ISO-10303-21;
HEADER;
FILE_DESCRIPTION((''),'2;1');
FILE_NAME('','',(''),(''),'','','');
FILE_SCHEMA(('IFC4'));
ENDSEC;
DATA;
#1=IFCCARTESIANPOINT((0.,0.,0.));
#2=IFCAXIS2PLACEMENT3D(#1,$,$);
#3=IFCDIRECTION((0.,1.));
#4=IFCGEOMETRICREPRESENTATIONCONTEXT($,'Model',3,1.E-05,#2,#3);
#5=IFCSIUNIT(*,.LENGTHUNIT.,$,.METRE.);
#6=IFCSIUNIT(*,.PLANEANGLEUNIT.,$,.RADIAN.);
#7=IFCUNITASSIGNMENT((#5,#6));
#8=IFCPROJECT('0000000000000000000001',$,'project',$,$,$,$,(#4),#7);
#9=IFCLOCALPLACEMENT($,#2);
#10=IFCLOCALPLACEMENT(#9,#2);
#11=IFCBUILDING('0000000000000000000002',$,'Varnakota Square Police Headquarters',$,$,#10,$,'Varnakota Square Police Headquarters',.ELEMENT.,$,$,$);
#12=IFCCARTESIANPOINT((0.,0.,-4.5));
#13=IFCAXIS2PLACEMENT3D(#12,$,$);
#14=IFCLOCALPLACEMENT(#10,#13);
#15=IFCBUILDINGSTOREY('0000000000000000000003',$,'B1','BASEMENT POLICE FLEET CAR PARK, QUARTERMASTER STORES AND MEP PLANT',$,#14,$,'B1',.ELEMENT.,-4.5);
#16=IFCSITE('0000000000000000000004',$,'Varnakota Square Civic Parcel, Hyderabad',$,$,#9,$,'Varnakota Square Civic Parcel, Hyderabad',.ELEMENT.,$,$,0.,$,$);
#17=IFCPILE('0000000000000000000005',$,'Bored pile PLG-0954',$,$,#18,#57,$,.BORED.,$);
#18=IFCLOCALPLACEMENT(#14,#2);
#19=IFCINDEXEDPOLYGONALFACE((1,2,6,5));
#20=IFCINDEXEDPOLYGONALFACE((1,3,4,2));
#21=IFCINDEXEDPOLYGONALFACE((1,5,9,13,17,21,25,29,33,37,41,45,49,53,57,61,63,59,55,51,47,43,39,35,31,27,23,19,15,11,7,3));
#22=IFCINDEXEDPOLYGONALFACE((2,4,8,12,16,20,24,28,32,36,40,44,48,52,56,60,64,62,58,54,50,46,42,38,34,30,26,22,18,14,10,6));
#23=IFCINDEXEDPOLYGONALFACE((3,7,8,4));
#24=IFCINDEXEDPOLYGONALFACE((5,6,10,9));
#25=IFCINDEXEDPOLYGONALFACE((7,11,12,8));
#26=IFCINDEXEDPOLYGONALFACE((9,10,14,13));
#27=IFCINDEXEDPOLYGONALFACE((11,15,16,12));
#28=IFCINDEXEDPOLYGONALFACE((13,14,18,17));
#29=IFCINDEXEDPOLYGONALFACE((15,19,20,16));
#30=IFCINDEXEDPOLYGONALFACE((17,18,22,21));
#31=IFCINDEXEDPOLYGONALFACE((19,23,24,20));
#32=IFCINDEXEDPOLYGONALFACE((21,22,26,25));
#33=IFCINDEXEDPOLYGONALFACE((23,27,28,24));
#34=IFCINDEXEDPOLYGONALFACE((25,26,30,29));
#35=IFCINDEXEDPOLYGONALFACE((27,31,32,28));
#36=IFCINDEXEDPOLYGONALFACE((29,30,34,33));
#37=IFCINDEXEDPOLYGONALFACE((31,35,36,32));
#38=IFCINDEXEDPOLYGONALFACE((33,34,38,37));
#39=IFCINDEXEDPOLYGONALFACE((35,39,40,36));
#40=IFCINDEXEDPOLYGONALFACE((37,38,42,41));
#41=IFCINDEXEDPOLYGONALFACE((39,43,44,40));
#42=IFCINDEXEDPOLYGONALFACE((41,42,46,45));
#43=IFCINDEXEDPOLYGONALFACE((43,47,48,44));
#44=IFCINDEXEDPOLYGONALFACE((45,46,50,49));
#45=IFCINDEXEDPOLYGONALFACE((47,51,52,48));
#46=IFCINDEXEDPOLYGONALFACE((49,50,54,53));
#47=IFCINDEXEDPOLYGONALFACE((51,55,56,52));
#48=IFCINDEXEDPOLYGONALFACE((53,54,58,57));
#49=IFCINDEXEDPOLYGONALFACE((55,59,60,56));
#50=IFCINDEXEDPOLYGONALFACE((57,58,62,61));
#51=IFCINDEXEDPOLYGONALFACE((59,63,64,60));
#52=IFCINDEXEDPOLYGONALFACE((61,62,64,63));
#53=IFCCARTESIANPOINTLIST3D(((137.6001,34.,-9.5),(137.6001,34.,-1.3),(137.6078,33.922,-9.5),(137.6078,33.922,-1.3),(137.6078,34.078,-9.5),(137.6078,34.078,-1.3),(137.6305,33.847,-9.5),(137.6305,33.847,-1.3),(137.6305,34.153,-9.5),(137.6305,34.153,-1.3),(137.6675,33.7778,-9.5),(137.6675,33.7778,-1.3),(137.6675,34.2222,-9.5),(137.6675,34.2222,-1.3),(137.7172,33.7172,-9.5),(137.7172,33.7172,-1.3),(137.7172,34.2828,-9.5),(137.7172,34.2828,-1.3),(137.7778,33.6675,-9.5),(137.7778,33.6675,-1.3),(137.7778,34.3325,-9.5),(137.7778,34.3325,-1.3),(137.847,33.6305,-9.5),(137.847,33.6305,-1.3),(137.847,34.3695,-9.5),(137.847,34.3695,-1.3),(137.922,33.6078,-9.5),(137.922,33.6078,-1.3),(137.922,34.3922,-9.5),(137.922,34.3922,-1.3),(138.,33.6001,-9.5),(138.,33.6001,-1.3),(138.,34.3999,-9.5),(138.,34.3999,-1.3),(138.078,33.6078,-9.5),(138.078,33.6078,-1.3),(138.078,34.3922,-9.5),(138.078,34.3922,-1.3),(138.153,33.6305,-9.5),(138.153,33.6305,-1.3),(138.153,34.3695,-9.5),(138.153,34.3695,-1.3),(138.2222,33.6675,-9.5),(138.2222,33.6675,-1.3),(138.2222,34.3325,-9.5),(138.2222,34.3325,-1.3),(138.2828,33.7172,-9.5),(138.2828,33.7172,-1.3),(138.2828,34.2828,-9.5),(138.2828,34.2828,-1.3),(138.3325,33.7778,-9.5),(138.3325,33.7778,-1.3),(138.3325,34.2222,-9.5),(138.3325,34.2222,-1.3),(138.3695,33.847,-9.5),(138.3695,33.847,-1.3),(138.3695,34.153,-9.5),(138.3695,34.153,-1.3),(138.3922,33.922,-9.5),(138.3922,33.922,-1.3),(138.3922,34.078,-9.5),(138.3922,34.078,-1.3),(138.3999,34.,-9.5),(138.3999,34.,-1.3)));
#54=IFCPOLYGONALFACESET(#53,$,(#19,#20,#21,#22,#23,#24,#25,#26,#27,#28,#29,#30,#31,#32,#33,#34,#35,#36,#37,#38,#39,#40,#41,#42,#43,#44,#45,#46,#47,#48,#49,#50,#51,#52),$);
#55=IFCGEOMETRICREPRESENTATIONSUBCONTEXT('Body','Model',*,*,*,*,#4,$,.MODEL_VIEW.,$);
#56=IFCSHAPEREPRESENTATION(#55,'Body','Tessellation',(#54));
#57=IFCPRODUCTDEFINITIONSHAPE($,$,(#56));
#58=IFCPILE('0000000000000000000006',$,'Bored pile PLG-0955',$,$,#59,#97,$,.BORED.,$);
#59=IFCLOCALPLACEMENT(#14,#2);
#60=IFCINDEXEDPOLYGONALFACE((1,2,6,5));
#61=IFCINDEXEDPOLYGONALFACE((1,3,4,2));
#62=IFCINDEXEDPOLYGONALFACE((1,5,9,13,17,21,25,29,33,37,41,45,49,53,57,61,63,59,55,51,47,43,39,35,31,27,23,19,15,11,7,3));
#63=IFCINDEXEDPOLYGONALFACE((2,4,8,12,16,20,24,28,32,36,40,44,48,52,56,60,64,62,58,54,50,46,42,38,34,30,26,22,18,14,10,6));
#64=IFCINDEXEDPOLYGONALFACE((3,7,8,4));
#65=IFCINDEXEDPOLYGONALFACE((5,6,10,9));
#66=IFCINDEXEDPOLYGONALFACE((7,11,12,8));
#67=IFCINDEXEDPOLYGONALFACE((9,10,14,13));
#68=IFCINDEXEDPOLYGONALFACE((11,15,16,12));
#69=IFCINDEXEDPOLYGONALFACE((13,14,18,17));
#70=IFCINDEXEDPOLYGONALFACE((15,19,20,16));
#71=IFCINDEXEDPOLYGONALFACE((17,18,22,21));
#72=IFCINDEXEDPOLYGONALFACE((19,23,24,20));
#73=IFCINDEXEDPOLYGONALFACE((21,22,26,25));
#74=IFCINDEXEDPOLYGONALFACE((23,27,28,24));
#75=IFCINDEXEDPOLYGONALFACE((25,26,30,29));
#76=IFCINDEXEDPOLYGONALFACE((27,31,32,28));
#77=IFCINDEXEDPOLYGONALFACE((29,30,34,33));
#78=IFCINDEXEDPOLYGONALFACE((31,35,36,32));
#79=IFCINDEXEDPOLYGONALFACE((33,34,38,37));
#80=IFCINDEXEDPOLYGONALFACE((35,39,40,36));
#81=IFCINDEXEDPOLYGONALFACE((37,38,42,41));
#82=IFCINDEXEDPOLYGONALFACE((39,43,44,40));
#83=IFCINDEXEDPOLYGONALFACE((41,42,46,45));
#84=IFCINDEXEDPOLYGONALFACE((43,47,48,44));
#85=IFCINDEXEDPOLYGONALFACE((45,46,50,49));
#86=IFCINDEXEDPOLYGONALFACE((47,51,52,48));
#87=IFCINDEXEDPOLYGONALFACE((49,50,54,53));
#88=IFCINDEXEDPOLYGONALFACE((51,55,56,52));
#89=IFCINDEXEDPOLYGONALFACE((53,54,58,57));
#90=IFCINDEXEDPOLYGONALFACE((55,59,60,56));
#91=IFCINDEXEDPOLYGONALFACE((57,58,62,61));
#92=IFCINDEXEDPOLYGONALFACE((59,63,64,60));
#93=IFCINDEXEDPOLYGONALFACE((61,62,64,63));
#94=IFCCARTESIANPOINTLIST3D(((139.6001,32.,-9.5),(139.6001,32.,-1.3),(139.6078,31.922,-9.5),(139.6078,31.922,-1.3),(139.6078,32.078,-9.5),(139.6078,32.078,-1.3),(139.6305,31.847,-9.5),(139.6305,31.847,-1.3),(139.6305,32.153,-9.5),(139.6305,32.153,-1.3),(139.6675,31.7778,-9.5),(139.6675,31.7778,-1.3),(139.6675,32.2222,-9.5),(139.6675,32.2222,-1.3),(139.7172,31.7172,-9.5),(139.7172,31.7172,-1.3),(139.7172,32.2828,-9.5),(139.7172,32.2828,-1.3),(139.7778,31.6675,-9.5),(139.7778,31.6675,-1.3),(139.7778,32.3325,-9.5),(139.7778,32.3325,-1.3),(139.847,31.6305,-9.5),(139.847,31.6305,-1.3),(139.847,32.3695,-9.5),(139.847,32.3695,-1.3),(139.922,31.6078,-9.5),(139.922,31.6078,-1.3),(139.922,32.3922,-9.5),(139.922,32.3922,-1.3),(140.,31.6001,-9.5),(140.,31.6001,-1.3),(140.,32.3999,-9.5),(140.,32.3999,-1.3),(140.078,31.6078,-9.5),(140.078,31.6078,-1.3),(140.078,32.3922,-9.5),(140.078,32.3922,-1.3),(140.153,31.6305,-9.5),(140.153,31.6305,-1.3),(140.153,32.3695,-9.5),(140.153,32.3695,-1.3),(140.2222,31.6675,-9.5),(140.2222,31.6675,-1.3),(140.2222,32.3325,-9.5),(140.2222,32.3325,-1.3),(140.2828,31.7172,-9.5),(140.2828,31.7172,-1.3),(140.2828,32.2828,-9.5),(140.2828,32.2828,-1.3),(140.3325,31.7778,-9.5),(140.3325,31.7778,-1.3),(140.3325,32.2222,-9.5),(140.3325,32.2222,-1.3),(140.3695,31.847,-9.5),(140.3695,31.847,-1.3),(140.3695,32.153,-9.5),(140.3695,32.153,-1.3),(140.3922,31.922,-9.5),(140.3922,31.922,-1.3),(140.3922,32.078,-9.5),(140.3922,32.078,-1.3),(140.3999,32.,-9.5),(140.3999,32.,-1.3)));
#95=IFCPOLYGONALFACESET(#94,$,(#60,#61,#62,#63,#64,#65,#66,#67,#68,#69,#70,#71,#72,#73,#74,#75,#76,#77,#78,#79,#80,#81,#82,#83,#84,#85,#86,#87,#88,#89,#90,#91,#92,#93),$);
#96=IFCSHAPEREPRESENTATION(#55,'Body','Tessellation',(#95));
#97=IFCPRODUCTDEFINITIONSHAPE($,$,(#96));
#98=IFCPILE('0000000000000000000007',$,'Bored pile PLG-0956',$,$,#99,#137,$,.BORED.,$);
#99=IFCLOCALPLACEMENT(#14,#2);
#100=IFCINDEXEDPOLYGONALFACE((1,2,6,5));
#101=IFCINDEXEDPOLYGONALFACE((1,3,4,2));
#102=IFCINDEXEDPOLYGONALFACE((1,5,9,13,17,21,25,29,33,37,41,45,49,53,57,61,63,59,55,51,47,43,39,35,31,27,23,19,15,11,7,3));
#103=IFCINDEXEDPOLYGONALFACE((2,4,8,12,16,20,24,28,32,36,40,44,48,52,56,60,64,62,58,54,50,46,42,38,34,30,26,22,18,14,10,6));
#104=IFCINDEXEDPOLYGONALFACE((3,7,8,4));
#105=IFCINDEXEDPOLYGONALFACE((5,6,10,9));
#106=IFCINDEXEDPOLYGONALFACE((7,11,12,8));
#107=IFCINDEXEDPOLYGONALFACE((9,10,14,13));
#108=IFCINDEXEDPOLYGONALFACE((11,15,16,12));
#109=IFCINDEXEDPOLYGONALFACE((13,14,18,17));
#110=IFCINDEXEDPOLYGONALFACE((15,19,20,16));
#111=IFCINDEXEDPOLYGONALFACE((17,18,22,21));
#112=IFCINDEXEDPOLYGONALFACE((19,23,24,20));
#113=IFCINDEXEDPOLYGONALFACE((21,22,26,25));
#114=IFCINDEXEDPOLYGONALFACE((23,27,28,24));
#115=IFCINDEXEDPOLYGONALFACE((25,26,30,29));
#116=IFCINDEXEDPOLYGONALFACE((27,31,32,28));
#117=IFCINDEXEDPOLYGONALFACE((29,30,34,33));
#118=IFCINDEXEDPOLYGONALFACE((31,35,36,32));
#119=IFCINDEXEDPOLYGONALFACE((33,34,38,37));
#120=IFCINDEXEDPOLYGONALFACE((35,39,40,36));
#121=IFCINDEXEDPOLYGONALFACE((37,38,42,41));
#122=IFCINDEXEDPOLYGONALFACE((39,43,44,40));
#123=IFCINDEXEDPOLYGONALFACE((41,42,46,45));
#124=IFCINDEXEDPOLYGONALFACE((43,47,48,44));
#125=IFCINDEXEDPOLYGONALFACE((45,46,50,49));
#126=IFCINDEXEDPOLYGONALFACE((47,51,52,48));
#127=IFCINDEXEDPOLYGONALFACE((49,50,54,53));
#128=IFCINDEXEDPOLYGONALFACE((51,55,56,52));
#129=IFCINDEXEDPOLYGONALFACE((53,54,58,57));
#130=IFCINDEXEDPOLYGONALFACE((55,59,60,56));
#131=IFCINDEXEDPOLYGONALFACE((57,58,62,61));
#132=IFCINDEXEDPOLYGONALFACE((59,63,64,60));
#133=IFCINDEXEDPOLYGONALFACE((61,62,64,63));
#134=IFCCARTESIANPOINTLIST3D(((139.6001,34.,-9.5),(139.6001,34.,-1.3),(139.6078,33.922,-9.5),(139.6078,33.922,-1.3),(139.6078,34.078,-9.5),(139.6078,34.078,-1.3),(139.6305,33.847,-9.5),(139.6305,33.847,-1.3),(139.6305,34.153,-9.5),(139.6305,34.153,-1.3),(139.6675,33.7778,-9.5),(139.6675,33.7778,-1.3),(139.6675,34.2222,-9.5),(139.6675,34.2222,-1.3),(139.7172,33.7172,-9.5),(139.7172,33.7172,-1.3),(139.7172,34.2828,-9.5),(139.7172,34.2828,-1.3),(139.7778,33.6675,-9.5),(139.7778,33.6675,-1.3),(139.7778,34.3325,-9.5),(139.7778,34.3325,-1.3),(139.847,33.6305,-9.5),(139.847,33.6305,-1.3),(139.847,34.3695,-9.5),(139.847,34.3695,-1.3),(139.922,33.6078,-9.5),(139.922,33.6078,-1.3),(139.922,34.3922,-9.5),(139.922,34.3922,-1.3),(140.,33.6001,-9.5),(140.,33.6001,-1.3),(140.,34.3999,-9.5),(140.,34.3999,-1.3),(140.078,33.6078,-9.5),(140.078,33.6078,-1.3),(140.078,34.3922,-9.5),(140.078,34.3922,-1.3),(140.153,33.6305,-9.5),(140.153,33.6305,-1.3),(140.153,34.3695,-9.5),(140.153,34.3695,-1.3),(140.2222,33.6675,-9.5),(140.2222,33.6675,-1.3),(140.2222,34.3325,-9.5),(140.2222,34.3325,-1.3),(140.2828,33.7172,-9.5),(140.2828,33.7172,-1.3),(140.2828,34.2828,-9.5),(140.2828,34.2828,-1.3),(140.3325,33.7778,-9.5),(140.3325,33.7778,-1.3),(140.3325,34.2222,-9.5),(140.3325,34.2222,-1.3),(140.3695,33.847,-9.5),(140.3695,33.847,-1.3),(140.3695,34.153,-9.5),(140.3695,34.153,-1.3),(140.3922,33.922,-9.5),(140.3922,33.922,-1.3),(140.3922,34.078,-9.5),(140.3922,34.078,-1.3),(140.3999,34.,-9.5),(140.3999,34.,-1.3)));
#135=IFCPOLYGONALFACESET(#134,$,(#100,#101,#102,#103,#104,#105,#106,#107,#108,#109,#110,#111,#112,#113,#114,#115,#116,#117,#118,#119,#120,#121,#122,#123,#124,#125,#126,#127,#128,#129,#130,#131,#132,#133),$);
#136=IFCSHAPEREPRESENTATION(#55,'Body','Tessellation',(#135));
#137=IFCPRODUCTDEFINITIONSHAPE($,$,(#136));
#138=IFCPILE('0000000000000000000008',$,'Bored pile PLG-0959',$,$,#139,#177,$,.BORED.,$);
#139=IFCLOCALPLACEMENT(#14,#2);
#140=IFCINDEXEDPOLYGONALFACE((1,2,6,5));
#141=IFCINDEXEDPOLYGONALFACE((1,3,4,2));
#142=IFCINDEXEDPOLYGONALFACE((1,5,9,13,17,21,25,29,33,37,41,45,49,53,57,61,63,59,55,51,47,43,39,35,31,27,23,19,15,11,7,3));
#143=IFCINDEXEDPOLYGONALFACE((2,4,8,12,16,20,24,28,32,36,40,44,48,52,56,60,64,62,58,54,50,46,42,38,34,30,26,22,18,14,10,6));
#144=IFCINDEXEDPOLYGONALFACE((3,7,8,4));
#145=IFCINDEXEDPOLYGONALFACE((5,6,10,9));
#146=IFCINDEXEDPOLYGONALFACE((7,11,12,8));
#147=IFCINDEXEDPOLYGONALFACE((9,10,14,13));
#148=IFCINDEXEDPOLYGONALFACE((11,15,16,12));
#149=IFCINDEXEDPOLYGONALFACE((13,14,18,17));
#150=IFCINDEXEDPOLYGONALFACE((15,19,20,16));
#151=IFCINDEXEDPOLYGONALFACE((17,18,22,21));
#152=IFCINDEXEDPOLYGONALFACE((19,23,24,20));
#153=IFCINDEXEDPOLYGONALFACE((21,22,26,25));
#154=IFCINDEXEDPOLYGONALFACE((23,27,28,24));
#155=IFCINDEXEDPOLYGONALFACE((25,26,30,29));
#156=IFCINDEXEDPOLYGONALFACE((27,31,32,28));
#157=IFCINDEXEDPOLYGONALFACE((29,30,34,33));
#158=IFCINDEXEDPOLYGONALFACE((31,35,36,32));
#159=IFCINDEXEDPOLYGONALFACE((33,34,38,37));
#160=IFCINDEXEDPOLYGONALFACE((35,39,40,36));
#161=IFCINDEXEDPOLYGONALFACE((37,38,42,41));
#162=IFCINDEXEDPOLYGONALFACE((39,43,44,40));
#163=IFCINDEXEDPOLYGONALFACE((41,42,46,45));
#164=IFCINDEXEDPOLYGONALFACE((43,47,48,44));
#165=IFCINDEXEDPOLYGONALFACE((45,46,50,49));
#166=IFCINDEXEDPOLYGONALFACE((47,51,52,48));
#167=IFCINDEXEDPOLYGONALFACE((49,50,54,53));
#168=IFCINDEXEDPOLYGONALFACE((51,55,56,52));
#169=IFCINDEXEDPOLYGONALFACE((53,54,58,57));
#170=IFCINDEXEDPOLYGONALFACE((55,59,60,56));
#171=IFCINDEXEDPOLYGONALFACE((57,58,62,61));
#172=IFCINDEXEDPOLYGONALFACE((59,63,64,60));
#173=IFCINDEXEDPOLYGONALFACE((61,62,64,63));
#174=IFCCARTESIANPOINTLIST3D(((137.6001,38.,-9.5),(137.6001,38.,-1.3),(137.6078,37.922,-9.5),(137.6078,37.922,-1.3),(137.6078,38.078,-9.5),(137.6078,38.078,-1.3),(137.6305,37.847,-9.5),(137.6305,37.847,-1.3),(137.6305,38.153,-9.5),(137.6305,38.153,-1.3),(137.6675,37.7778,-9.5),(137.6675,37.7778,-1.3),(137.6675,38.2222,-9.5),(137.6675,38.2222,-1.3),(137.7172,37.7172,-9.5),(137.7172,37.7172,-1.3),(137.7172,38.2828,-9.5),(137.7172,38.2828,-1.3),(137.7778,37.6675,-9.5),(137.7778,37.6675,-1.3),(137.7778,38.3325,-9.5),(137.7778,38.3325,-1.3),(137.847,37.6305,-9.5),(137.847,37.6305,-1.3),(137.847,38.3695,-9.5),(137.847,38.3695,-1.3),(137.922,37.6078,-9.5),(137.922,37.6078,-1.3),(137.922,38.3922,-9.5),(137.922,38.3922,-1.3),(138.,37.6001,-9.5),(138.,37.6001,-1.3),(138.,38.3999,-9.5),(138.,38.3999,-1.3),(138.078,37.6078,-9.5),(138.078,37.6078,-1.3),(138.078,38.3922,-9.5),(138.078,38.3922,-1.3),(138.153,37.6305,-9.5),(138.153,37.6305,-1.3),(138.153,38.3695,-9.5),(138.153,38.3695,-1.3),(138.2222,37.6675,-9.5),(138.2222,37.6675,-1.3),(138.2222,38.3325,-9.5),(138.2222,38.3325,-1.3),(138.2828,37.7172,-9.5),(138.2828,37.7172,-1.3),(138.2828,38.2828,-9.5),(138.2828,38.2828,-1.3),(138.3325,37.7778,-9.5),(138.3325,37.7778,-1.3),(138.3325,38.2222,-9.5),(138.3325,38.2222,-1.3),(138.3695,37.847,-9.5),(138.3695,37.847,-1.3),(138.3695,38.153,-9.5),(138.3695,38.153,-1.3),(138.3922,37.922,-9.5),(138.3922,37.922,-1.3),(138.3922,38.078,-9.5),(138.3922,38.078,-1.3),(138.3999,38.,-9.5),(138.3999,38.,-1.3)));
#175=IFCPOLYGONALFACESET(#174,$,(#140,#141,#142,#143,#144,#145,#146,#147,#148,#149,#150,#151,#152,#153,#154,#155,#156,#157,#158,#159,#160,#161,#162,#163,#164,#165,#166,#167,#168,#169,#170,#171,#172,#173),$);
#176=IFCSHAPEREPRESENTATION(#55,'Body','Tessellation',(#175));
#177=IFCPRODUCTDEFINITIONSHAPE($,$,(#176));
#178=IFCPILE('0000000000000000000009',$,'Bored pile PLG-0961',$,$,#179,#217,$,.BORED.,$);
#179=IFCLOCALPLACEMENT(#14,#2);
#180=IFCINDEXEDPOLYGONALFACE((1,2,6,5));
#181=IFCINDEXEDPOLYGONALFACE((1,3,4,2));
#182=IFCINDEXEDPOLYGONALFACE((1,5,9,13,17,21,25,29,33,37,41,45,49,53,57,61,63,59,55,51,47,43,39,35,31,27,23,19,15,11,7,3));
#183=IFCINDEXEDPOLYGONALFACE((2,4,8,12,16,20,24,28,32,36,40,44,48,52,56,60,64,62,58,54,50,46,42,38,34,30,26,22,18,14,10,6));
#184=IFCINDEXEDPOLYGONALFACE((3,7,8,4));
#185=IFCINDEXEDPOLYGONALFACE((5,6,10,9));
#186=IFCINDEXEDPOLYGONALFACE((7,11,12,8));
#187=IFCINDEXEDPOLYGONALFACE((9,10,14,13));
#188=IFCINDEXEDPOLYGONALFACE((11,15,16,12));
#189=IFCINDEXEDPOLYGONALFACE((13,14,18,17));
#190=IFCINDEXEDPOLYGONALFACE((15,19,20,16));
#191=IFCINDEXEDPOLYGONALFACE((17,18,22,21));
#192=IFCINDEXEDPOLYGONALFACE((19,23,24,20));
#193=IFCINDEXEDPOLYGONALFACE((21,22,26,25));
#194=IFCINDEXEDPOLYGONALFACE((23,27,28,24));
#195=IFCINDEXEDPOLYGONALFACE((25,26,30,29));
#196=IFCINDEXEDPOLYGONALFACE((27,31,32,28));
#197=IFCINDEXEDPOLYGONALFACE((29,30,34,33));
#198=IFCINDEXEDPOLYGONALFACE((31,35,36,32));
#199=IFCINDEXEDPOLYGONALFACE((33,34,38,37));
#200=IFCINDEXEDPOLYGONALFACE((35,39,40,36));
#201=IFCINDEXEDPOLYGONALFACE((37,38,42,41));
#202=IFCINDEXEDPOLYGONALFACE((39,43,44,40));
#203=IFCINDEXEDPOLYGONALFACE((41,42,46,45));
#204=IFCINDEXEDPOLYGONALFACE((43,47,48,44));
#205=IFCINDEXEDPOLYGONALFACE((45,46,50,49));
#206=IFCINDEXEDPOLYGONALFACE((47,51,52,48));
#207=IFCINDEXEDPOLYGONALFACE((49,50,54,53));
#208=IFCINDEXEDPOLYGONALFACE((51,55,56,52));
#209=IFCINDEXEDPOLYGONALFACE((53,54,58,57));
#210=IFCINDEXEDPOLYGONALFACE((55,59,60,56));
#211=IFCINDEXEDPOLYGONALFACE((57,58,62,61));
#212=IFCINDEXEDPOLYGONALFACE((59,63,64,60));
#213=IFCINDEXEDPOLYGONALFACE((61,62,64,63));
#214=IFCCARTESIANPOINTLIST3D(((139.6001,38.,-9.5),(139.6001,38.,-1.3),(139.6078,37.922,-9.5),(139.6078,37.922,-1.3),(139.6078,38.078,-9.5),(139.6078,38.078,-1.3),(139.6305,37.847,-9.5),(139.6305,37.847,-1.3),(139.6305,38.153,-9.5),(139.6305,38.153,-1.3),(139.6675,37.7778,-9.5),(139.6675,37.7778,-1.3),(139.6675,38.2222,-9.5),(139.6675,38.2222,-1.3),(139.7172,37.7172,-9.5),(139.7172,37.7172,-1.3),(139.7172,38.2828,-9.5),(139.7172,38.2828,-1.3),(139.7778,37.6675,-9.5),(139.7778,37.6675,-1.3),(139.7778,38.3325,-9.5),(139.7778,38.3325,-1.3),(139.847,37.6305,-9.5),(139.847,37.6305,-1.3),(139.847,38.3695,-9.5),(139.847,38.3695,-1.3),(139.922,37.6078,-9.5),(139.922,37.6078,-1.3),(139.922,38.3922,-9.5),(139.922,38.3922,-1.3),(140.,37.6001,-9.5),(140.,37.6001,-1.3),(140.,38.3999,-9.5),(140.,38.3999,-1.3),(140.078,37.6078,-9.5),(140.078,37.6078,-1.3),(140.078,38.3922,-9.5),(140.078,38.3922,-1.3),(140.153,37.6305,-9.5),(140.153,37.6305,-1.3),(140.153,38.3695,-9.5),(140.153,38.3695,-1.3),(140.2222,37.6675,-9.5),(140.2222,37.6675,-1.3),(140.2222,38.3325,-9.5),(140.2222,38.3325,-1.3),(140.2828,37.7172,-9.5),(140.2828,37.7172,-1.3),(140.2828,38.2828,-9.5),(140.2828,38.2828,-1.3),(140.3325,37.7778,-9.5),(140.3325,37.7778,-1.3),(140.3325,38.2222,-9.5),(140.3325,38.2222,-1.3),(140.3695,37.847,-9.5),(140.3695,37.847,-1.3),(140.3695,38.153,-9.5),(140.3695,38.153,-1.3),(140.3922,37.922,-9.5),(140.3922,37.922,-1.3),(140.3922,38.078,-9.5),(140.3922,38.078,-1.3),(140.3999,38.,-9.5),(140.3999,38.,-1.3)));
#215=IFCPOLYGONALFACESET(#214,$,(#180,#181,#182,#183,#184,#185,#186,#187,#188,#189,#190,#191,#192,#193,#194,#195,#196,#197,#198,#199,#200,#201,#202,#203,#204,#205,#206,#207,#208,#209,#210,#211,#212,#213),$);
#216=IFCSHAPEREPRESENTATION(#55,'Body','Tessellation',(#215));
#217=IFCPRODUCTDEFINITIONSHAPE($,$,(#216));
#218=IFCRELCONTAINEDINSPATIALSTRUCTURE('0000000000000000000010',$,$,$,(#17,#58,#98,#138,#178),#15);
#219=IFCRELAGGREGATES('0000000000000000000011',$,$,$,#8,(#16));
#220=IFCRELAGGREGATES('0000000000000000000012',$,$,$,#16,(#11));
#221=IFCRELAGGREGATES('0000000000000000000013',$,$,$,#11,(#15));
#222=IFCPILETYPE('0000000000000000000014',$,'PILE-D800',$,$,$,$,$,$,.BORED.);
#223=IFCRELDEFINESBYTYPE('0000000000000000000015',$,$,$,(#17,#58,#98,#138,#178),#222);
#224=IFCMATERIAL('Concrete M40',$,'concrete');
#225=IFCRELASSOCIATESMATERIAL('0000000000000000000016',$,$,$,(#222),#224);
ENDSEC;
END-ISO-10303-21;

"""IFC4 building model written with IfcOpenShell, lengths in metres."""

from ifc_helpers import new_model, si_unit, direction, frame, origin, origin_2d, place, context, subcontext, project, spatial, circle, extrude, material, material_profile, profile_set, type_object, element, save


model = new_model("IFC4")

# Units and contexts
model_context = context("Model", 3, precision=1e-05, world=origin(), true_north=direction((0.0, 1.0)))
body_context = subcontext(model_context, "Body", "Model", "MODEL_VIEW")
ifc_project = project(units=[si_unit("LENGTHUNIT", "METRE"), si_unit("PLANEANGLEUNIT", "RADIAN")], contexts=[model_context])

# Site, building, storey
site_placement = place(None, origin())
site = spatial("IfcSite", under=ifc_project, at=site_placement, Name="Varnakota Square Civic Parcel, Hyderabad", LongName="Varnakota Square Civic Parcel, Hyderabad", CompositionType="ELEMENT", RefElevation=0.0)
building_placement = place(site_placement, origin())
building = spatial("IfcBuilding", under=site, at=building_placement, Name="Varnakota Square Police Headquarters", LongName="Varnakota Square Police Headquarters", CompositionType="ELEMENT")
storey_placement = place(building_placement, frame((0.0, 0.0, -4.5)))
storey = spatial("IfcBuildingStorey", under=building, at=storey_placement, Name="B1", Description="BASEMENT POLICE FLEET CAR PARK, QUARTERMASTER STORES AND MEP PLANT", LongName="B1", CompositionType="ELEMENT", Elevation=-4.5)

# Shared definitions
ifc_material_1 = material(Name="Concrete M40", Category="concrete")

# Piles
ifc_material_profile_1 = material_profile(ifc_material_1, circle(Radius=0.3999, at=origin_2d()), Name="BORED PILE 800")
ifc_profile_set_1 = profile_set([ifc_material_profile_1], Name="Concrete M40")
pile_type = type_object("IfcPileType", Name="PILE-D800", PredefinedType="BORED", material=ifc_profile_set_1)
for number, where, z_axis, x_axis, name in (
    (1, (138.0, 34.0, -1.3), (0.0, 0.0, -1.0), (1.0, 0.0, 0.0), "Bored pile PLG-0954"),
    (2, (140.0, 32.0, -1.3), (0.0, 0.0, -1.0), (1.0, 0.0, 0.0), "Bored pile PLG-0955"),
    (3, (140.0, 34.0, -1.3), (0.0, 0.0, -1.0), (1.0, 0.0, 0.0), "Bored pile PLG-0956"),
    (4, (138.0, 38.0, -1.3), (0.0, 0.0, -1.0), (1.0, 0.0, 0.0), "Bored pile PLG-0959"),
    (5, (140.0, 38.0, -1.3), (0.0, 0.0, -1.0), (1.0, 0.0, 0.0), "Bored pile PLG-0961"),
):
    element("IfcPile", number, at=place(storey_placement, frame(where, z_axis=z_axis, x_axis=x_axis)), inside=storey, type_object=pile_type, Name=name, PredefinedType="BORED", context=body_context, shape_type="SweptSolid", body=[
        extrude(circle(Radius=0.3999, at=origin_2d()), origin(), (0.0, 0.0, 1.0), 8.2),
    ])

save(model, "model.ifc")
